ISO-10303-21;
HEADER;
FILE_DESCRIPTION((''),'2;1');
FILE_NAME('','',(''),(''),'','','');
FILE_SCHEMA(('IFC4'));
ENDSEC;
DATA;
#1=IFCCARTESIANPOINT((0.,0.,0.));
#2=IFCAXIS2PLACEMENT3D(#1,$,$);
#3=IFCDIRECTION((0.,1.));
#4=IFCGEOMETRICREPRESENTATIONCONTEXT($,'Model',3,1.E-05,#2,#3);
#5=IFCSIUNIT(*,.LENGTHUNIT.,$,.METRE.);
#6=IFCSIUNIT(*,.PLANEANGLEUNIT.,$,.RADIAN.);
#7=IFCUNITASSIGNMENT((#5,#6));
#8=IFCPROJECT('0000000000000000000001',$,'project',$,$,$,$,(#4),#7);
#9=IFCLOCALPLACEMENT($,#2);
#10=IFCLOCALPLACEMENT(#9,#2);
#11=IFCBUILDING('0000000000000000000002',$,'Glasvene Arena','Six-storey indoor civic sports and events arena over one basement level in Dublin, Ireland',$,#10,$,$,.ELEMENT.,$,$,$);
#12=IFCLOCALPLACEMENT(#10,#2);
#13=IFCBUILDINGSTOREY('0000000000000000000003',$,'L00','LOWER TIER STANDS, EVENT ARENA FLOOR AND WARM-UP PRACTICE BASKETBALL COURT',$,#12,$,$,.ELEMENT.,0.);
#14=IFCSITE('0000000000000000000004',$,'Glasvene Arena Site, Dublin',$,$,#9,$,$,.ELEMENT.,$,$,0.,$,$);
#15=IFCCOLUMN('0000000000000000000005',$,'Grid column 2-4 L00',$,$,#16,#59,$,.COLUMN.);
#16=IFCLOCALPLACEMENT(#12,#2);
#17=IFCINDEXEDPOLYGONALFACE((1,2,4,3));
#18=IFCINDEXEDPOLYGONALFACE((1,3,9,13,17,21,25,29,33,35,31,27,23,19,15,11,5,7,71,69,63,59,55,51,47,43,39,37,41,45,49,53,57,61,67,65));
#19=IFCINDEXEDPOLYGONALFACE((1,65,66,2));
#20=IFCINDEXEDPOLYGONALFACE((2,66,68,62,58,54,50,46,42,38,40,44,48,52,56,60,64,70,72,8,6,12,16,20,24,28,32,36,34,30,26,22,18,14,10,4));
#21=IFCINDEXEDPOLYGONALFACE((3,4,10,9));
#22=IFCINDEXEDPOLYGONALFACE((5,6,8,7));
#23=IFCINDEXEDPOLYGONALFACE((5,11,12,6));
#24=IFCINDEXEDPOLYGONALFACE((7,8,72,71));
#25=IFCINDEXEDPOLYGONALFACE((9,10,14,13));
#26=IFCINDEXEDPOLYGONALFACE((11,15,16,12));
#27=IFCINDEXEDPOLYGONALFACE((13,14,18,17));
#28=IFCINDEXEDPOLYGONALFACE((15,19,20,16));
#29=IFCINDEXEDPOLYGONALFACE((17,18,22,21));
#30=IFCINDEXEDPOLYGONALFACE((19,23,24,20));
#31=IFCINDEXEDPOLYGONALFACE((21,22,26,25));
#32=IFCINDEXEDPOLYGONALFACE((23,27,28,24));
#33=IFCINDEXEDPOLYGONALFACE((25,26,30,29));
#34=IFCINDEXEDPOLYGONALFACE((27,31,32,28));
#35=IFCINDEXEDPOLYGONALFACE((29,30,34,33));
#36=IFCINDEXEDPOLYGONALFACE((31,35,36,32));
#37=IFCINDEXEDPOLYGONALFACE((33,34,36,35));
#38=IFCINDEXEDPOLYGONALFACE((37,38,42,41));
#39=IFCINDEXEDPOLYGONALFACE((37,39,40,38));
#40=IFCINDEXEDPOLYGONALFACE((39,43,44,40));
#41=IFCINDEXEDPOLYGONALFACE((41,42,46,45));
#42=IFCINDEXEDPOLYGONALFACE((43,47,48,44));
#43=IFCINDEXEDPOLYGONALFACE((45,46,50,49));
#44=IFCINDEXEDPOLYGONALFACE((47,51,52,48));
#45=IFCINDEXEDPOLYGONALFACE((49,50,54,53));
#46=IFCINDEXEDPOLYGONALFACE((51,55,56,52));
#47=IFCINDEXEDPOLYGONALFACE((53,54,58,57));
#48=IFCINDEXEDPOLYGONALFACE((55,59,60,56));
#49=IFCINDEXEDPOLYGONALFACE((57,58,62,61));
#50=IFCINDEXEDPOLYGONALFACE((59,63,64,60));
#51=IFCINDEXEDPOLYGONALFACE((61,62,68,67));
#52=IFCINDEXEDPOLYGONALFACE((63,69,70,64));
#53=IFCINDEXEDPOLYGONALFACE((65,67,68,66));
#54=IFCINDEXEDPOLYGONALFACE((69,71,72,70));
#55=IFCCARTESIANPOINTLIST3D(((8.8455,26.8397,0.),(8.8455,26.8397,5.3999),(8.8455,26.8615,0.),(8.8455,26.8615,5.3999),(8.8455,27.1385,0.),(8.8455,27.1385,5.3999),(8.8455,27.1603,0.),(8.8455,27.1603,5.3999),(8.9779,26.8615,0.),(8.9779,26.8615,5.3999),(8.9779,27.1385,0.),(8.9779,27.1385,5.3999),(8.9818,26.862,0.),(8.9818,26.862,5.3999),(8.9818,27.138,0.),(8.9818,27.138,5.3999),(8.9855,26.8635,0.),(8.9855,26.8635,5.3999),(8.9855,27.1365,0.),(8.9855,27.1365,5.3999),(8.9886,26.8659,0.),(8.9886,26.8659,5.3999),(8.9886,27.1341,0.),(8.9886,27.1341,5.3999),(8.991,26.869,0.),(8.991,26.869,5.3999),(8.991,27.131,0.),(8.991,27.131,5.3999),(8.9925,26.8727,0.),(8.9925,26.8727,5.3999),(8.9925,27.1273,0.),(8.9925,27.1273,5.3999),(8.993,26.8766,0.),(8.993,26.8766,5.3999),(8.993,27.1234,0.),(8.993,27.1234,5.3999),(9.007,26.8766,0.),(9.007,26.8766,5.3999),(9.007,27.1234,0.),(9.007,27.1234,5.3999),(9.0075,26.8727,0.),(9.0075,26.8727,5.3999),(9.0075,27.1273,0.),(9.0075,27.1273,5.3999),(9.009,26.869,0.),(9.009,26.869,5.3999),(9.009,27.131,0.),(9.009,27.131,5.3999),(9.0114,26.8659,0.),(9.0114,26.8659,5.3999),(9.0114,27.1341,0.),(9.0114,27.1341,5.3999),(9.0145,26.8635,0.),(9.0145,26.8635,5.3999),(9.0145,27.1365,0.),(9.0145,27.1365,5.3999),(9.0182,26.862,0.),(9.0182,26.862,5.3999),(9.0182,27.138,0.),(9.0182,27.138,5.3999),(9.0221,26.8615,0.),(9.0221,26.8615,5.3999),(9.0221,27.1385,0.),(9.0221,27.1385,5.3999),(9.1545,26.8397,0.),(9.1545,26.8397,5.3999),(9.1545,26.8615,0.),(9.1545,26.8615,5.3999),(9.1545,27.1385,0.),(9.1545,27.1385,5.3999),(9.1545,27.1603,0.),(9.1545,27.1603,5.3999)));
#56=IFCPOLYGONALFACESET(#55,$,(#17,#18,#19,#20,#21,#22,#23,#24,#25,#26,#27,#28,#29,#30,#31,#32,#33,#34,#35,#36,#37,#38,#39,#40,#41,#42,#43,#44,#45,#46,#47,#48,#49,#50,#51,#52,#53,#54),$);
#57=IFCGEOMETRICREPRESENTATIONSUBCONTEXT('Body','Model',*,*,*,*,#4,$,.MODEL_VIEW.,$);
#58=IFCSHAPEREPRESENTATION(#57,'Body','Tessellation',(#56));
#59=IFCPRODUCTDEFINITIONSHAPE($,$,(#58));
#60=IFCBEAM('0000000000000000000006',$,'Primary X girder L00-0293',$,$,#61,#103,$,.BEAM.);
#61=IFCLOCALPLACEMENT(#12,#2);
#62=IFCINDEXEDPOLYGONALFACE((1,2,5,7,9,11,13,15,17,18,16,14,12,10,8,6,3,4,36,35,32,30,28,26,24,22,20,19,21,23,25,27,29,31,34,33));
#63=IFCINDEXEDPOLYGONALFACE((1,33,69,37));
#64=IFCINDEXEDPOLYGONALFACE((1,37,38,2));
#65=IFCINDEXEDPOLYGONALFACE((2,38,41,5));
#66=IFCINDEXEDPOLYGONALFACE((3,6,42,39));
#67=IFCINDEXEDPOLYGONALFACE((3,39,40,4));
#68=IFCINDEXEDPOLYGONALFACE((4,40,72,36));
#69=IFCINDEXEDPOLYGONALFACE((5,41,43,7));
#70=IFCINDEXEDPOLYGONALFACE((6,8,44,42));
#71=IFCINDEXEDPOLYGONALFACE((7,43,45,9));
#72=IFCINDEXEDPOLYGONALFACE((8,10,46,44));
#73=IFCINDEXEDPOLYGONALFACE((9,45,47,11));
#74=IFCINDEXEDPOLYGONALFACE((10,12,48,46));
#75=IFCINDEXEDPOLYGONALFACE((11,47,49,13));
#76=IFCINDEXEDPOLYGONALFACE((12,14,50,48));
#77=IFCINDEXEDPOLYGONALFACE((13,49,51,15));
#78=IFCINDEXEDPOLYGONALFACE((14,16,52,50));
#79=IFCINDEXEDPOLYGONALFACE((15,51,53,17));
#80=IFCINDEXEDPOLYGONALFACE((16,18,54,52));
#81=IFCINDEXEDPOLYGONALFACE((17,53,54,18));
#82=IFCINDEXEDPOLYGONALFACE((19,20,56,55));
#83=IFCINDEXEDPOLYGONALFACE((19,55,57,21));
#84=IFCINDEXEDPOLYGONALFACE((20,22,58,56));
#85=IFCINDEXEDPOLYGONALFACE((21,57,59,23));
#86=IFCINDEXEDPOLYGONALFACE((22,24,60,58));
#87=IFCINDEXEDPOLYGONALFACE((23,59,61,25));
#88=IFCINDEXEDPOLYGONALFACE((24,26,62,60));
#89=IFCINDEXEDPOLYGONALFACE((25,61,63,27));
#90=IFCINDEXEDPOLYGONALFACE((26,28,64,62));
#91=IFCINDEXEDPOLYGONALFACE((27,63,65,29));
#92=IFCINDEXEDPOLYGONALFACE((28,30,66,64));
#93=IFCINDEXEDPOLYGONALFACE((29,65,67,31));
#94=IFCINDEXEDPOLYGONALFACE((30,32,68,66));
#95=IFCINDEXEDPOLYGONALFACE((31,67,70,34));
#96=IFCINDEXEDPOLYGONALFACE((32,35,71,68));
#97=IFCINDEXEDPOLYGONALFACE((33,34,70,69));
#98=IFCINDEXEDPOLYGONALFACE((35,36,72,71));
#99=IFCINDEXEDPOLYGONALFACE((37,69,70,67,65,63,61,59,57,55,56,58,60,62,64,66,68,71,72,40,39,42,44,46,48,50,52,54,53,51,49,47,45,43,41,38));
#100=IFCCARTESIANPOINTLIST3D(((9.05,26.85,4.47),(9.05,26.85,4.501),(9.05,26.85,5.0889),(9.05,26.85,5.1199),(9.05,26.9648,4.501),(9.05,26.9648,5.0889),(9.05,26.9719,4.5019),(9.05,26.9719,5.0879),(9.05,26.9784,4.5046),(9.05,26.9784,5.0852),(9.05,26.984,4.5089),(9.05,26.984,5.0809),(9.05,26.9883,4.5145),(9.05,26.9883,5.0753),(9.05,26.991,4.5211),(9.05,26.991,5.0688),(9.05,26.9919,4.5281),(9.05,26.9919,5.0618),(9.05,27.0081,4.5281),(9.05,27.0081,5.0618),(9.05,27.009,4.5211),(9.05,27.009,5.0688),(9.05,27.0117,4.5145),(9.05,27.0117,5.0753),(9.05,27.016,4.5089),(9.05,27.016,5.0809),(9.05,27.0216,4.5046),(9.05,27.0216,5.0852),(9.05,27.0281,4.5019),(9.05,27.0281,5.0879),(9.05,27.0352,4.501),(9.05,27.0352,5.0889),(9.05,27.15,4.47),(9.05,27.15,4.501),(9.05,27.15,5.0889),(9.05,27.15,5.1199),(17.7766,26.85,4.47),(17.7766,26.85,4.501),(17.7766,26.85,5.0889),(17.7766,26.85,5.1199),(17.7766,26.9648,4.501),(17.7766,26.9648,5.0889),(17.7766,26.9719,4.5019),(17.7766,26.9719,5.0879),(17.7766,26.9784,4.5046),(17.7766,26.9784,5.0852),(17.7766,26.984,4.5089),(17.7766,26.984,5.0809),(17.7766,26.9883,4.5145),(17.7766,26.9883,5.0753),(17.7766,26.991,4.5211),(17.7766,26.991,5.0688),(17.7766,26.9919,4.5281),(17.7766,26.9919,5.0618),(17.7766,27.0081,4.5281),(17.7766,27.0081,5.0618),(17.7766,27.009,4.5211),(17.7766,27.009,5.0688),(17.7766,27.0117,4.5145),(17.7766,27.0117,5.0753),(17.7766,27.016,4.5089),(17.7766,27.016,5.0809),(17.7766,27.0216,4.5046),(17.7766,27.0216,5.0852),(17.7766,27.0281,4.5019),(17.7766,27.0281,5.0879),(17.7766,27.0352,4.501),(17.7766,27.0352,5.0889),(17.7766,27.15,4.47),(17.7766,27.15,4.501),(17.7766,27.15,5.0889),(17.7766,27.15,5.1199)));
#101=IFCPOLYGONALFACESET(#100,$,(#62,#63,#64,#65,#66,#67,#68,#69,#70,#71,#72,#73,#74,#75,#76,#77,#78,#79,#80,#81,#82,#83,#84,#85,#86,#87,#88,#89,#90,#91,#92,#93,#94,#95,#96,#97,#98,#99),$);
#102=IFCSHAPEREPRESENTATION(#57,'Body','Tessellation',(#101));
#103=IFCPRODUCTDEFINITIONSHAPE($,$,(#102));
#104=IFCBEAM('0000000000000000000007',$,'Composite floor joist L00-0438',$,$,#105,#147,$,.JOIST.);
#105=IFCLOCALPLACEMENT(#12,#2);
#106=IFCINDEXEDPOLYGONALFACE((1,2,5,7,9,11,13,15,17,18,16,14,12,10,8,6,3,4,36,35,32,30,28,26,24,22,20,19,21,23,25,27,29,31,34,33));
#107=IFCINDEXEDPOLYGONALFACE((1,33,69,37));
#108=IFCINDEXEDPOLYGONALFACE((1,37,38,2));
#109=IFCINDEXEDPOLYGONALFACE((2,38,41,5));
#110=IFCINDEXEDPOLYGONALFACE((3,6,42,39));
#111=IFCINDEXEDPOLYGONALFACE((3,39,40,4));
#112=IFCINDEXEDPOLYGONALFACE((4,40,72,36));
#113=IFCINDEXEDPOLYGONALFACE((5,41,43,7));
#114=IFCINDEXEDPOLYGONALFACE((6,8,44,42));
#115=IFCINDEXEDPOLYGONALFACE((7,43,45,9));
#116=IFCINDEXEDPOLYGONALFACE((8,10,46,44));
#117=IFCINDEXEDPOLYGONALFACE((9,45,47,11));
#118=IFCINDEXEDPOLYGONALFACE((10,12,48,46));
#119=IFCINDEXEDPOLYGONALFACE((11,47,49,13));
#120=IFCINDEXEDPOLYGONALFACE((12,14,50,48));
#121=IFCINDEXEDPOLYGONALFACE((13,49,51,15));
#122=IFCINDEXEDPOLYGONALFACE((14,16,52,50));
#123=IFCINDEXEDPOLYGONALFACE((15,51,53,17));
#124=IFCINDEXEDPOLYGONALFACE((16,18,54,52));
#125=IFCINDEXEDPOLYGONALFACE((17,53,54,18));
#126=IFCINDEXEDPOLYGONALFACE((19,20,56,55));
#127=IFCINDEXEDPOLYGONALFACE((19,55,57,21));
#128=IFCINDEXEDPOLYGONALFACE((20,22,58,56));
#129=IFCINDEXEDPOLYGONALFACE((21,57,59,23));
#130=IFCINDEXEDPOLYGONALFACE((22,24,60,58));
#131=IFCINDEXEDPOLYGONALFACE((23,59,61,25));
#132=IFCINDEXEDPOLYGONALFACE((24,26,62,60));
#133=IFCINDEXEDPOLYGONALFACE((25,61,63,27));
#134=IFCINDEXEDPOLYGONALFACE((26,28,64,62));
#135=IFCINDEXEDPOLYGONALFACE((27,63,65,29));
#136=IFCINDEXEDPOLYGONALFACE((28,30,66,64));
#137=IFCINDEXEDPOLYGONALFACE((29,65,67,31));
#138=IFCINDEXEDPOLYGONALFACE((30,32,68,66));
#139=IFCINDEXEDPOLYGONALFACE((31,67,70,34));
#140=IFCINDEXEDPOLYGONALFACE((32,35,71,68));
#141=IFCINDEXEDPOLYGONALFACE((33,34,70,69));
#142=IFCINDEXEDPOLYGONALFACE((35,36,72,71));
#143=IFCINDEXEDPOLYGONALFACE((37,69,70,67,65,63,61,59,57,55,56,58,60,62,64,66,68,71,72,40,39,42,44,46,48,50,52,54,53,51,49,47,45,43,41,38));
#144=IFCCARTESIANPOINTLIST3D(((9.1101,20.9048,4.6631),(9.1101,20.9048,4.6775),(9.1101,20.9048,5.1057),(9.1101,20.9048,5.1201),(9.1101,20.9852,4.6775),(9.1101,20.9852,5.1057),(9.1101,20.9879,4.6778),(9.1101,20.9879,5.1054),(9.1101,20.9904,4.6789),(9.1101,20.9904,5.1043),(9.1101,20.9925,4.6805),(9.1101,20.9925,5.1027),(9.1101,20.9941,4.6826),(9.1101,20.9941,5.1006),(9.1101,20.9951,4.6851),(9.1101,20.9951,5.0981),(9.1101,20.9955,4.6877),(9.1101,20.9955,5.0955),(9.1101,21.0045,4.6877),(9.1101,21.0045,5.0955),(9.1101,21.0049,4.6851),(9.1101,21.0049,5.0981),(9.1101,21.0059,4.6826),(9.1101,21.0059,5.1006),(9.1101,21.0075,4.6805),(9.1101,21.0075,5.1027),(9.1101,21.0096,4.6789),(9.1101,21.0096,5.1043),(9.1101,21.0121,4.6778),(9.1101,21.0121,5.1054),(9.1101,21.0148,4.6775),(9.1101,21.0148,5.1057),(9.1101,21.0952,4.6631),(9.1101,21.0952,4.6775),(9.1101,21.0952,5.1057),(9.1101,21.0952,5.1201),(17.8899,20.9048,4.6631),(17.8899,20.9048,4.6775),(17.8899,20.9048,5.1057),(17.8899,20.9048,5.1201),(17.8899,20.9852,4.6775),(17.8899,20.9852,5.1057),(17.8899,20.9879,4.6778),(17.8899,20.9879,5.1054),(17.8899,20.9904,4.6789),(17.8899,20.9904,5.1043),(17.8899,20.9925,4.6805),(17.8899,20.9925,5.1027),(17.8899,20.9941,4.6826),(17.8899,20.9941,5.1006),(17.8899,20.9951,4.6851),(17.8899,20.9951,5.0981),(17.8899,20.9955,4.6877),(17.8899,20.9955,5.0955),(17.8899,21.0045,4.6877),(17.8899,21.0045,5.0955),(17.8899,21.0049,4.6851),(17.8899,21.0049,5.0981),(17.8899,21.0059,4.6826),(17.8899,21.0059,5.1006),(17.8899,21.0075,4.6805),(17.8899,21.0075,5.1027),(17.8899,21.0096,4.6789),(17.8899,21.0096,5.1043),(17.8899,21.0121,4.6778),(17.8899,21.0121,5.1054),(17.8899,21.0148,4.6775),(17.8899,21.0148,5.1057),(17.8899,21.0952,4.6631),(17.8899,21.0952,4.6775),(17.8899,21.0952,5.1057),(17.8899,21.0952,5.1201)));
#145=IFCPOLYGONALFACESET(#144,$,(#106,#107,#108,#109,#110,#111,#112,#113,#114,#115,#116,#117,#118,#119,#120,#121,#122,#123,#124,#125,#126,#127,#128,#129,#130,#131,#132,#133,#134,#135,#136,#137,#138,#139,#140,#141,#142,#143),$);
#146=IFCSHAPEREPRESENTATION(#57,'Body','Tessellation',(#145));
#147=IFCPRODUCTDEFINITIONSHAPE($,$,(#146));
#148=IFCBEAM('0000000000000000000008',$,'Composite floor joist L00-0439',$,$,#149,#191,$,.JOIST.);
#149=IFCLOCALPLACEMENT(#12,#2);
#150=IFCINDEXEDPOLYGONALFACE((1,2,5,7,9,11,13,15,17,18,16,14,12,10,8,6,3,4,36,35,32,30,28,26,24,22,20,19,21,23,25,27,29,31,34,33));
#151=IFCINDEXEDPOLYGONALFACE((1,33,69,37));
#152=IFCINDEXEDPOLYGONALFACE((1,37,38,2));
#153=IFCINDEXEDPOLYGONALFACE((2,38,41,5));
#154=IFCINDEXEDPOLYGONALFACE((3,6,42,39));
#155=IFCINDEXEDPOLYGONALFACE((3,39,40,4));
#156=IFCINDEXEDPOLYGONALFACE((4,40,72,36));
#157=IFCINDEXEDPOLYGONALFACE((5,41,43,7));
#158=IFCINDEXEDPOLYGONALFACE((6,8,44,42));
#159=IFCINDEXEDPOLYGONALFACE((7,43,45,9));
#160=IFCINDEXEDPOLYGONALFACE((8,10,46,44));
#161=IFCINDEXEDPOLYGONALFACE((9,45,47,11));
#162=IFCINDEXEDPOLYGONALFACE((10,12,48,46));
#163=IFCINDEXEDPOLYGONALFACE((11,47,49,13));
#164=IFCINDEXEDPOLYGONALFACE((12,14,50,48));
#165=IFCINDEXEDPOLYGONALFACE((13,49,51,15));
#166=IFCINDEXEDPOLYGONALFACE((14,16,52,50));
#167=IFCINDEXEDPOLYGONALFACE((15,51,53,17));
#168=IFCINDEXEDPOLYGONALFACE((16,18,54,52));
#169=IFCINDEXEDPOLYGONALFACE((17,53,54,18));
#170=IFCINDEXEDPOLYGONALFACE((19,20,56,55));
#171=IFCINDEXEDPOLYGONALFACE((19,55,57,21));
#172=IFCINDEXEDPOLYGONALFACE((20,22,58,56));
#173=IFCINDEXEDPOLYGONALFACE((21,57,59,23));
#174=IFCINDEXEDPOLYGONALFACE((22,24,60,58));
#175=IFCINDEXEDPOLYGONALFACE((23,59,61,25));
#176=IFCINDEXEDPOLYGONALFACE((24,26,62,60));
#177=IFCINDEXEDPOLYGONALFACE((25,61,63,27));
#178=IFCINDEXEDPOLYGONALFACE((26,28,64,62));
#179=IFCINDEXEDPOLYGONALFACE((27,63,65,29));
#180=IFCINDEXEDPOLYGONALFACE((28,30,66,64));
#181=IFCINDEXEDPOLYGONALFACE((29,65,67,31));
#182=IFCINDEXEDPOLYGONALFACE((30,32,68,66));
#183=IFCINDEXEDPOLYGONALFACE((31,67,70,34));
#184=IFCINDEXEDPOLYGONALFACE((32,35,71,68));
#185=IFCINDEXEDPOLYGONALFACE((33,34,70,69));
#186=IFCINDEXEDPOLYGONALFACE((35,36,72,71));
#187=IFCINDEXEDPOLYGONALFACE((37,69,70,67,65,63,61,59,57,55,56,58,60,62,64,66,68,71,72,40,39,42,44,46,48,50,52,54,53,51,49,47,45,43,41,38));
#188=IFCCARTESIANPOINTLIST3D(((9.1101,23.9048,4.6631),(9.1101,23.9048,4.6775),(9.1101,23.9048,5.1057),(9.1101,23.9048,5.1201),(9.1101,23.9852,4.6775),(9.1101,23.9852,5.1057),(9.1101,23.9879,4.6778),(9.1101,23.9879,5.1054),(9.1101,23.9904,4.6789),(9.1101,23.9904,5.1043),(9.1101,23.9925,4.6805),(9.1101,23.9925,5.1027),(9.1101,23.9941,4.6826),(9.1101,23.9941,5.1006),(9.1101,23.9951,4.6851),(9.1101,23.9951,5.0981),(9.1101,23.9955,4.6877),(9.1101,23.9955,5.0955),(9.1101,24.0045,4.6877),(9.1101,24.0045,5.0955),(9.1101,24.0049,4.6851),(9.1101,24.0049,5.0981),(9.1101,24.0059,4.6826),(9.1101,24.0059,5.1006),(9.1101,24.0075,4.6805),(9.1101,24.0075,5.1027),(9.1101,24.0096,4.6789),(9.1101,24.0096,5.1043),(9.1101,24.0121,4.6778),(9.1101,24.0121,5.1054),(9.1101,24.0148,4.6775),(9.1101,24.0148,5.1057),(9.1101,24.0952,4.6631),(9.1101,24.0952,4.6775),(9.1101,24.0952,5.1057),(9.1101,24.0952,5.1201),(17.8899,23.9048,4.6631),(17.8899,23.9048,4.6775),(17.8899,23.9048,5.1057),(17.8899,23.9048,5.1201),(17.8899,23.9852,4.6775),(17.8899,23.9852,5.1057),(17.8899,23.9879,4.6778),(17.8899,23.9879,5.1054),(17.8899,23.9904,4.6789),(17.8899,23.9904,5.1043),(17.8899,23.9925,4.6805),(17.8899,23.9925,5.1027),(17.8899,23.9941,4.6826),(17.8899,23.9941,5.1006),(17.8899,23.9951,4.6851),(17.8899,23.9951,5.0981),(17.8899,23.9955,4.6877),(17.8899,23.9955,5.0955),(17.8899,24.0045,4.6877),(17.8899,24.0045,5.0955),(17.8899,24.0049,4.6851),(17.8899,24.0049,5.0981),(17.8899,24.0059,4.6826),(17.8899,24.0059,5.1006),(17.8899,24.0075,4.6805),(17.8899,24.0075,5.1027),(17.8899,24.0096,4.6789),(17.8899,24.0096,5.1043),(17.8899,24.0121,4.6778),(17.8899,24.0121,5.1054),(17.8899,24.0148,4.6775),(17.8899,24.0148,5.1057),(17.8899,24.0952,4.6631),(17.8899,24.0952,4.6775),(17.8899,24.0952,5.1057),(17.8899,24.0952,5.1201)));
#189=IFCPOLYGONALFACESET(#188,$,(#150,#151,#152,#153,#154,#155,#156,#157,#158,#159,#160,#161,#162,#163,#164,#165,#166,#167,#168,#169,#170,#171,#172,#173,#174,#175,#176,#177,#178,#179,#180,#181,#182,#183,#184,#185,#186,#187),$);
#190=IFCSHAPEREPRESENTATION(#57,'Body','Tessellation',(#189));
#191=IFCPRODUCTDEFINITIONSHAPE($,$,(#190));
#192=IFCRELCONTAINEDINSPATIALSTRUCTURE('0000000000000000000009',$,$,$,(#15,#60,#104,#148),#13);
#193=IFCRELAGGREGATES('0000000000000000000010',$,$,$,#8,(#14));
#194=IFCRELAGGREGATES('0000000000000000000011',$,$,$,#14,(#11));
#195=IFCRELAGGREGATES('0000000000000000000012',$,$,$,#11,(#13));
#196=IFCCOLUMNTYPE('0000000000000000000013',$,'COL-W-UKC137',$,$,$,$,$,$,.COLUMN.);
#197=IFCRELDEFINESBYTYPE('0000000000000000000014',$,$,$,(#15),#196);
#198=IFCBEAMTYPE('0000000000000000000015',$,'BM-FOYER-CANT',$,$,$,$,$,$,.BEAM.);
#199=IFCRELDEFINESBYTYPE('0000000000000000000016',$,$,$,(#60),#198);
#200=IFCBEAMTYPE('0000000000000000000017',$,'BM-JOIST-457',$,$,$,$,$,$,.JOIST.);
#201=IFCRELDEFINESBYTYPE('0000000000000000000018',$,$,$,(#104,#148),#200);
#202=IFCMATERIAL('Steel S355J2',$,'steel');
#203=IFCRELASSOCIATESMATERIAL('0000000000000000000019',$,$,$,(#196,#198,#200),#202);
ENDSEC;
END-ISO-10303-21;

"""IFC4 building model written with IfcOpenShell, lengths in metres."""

from ifc_helpers import new_model, si_unit, direction, frame, origin, origin_2d, place, context, subcontext, project, spatial, i_section, extrude, material, material_profile, profile_set, type_object, element, save


model = new_model("IFC4")

# Units and contexts
model_context = context("Model", 3, precision=1e-05, world=origin(), true_north=direction((0.0, 1.0)))
body_context = subcontext(model_context, "Body", "Model", "MODEL_VIEW")
ifc_project = project(units=[si_unit("LENGTHUNIT", "METRE"), si_unit("PLANEANGLEUNIT", "RADIAN")], contexts=[model_context])

# Site, building, storey
site_placement = place(None, origin())
site = spatial("IfcSite", under=ifc_project, at=site_placement, Name="Glasvene Arena Site, Dublin", CompositionType="ELEMENT", RefElevation=0.0)
building_placement = place(site_placement, origin())
building = spatial("IfcBuilding", under=site, at=building_placement, Name="Glasvene Arena", Description="Six-storey indoor civic sports and events arena over one basement level in Dublin, Ireland", CompositionType="ELEMENT")
storey_placement = place(building_placement, origin())
storey = spatial("IfcBuildingStorey", under=building, at=storey_placement, Name="L00", Description="LOWER TIER STANDS, EVENT ARENA FLOOR AND WARM-UP PRACTICE BASKETBALL COURT", CompositionType="ELEMENT", Elevation=0.0)

# Column
ifc_material_1 = material(Name="Steel S355J2", Category="steel")
ifc_material_profile_1 = material_profile(ifc_material_1, i_section(OverallWidth=0.3091, OverallDepth=0.3206, WebThickness=0.0139, FlangeThickness=0.0217, FilletRadius=0.0151, at=origin_2d()), Name="UKC 305x305x137")
ifc_profile_set_1 = profile_set([ifc_material_profile_1], Name="Steel S355J2")
column_type = type_object("IfcColumnType", Name="COL-W-UKC137", PredefinedType="COLUMN", material=ifc_profile_set_1)
column_placement = place(storey_placement, frame((9.0, 27.0, 0.0), z_axis=(0.0, 0.0, 1.0), x_axis=(1.0, 0.0, 0.0)))
element("IfcColumn", 1, at=column_placement, inside=storey, type_object=column_type, Name="Grid column 2-4 L00", PredefinedType="COLUMN", context=body_context, shape_type="SweptSolid", body=[
    extrude(i_section(OverallWidth=0.3091, OverallDepth=0.3206, WebThickness=0.0139, FlangeThickness=0.0217, FilletRadius=0.0151, at=origin_2d()), origin(), (0.0, 0.0, 1.0), 5.3999),
])

# Beams
ifc_material_profile_2 = material_profile(ifc_material_1, i_section(OverallWidth=0.3, OverallDepth=0.6499, WebThickness=0.0161, FlangeThickness=0.031, FilletRadius=0.0271, at=origin_2d()), Name="HEB 650")
ifc_profile_set_2 = profile_set([ifc_material_profile_2], Name="Steel S355J2")
beam_type_1 = type_object("IfcBeamType", Name="BM-FOYER-CANT", PredefinedType="BEAM", material=ifc_profile_set_2)
beam_placement = place(storey_placement, frame((9.05, 27.0, 4.7949), z_axis=(1.0, 0.0, 0.0), x_axis=(0.0, 1.0, 0.0)))
element("IfcBeam", 2, at=beam_placement, inside=storey, type_object=beam_type_1, Name="Primary X girder L00-0293", PredefinedType="BEAM", context=body_context, shape_type="SweptSolid", body=[
    extrude(i_section(OverallWidth=0.3, OverallDepth=0.6499, WebThickness=0.0161, FlangeThickness=0.031, FilletRadius=0.0271, at=origin_2d()), origin(), (0.0, 0.0, 1.0), 8.7266),
])
ifc_material_profile_3 = material_profile(ifc_material_1, i_section(OverallWidth=0.1904, OverallDepth=0.457, WebThickness=0.009, FlangeThickness=0.0144, FilletRadius=0.0103, at=origin_2d()), Name="UKB 457x191x74")
ifc_profile_set_3 = profile_set([ifc_material_profile_3], Name="Steel S355J2")
beam_type_2 = type_object("IfcBeamType", Name="BM-JOIST-457", PredefinedType="JOIST", material=ifc_profile_set_3)
for number, where, z_axis, x_axis, name in (
    (3, (9.1101, 21.0, 4.8916), (1.0, 0.0, 0.0), (0.0, 1.0, 0.0), "Composite floor joist L00-0438"),
    (4, (9.1101, 24.0, 4.8916), (1.0, 0.0, 0.0), (0.0, 1.0, 0.0), "Composite floor joist L00-0439"),
):
    element("IfcBeam", number, at=place(storey_placement, frame(where, z_axis=z_axis, x_axis=x_axis)), inside=storey, type_object=beam_type_2, Name=name, PredefinedType="JOIST", context=body_context, shape_type="SweptSolid", body=[
        extrude(i_section(OverallWidth=0.1904, OverallDepth=0.457, WebThickness=0.009, FlangeThickness=0.0144, FilletRadius=0.0103, at=origin_2d()), origin(), (0.0, 0.0, 1.0), 8.7798),
    ])

save(model, "model.ifc")
